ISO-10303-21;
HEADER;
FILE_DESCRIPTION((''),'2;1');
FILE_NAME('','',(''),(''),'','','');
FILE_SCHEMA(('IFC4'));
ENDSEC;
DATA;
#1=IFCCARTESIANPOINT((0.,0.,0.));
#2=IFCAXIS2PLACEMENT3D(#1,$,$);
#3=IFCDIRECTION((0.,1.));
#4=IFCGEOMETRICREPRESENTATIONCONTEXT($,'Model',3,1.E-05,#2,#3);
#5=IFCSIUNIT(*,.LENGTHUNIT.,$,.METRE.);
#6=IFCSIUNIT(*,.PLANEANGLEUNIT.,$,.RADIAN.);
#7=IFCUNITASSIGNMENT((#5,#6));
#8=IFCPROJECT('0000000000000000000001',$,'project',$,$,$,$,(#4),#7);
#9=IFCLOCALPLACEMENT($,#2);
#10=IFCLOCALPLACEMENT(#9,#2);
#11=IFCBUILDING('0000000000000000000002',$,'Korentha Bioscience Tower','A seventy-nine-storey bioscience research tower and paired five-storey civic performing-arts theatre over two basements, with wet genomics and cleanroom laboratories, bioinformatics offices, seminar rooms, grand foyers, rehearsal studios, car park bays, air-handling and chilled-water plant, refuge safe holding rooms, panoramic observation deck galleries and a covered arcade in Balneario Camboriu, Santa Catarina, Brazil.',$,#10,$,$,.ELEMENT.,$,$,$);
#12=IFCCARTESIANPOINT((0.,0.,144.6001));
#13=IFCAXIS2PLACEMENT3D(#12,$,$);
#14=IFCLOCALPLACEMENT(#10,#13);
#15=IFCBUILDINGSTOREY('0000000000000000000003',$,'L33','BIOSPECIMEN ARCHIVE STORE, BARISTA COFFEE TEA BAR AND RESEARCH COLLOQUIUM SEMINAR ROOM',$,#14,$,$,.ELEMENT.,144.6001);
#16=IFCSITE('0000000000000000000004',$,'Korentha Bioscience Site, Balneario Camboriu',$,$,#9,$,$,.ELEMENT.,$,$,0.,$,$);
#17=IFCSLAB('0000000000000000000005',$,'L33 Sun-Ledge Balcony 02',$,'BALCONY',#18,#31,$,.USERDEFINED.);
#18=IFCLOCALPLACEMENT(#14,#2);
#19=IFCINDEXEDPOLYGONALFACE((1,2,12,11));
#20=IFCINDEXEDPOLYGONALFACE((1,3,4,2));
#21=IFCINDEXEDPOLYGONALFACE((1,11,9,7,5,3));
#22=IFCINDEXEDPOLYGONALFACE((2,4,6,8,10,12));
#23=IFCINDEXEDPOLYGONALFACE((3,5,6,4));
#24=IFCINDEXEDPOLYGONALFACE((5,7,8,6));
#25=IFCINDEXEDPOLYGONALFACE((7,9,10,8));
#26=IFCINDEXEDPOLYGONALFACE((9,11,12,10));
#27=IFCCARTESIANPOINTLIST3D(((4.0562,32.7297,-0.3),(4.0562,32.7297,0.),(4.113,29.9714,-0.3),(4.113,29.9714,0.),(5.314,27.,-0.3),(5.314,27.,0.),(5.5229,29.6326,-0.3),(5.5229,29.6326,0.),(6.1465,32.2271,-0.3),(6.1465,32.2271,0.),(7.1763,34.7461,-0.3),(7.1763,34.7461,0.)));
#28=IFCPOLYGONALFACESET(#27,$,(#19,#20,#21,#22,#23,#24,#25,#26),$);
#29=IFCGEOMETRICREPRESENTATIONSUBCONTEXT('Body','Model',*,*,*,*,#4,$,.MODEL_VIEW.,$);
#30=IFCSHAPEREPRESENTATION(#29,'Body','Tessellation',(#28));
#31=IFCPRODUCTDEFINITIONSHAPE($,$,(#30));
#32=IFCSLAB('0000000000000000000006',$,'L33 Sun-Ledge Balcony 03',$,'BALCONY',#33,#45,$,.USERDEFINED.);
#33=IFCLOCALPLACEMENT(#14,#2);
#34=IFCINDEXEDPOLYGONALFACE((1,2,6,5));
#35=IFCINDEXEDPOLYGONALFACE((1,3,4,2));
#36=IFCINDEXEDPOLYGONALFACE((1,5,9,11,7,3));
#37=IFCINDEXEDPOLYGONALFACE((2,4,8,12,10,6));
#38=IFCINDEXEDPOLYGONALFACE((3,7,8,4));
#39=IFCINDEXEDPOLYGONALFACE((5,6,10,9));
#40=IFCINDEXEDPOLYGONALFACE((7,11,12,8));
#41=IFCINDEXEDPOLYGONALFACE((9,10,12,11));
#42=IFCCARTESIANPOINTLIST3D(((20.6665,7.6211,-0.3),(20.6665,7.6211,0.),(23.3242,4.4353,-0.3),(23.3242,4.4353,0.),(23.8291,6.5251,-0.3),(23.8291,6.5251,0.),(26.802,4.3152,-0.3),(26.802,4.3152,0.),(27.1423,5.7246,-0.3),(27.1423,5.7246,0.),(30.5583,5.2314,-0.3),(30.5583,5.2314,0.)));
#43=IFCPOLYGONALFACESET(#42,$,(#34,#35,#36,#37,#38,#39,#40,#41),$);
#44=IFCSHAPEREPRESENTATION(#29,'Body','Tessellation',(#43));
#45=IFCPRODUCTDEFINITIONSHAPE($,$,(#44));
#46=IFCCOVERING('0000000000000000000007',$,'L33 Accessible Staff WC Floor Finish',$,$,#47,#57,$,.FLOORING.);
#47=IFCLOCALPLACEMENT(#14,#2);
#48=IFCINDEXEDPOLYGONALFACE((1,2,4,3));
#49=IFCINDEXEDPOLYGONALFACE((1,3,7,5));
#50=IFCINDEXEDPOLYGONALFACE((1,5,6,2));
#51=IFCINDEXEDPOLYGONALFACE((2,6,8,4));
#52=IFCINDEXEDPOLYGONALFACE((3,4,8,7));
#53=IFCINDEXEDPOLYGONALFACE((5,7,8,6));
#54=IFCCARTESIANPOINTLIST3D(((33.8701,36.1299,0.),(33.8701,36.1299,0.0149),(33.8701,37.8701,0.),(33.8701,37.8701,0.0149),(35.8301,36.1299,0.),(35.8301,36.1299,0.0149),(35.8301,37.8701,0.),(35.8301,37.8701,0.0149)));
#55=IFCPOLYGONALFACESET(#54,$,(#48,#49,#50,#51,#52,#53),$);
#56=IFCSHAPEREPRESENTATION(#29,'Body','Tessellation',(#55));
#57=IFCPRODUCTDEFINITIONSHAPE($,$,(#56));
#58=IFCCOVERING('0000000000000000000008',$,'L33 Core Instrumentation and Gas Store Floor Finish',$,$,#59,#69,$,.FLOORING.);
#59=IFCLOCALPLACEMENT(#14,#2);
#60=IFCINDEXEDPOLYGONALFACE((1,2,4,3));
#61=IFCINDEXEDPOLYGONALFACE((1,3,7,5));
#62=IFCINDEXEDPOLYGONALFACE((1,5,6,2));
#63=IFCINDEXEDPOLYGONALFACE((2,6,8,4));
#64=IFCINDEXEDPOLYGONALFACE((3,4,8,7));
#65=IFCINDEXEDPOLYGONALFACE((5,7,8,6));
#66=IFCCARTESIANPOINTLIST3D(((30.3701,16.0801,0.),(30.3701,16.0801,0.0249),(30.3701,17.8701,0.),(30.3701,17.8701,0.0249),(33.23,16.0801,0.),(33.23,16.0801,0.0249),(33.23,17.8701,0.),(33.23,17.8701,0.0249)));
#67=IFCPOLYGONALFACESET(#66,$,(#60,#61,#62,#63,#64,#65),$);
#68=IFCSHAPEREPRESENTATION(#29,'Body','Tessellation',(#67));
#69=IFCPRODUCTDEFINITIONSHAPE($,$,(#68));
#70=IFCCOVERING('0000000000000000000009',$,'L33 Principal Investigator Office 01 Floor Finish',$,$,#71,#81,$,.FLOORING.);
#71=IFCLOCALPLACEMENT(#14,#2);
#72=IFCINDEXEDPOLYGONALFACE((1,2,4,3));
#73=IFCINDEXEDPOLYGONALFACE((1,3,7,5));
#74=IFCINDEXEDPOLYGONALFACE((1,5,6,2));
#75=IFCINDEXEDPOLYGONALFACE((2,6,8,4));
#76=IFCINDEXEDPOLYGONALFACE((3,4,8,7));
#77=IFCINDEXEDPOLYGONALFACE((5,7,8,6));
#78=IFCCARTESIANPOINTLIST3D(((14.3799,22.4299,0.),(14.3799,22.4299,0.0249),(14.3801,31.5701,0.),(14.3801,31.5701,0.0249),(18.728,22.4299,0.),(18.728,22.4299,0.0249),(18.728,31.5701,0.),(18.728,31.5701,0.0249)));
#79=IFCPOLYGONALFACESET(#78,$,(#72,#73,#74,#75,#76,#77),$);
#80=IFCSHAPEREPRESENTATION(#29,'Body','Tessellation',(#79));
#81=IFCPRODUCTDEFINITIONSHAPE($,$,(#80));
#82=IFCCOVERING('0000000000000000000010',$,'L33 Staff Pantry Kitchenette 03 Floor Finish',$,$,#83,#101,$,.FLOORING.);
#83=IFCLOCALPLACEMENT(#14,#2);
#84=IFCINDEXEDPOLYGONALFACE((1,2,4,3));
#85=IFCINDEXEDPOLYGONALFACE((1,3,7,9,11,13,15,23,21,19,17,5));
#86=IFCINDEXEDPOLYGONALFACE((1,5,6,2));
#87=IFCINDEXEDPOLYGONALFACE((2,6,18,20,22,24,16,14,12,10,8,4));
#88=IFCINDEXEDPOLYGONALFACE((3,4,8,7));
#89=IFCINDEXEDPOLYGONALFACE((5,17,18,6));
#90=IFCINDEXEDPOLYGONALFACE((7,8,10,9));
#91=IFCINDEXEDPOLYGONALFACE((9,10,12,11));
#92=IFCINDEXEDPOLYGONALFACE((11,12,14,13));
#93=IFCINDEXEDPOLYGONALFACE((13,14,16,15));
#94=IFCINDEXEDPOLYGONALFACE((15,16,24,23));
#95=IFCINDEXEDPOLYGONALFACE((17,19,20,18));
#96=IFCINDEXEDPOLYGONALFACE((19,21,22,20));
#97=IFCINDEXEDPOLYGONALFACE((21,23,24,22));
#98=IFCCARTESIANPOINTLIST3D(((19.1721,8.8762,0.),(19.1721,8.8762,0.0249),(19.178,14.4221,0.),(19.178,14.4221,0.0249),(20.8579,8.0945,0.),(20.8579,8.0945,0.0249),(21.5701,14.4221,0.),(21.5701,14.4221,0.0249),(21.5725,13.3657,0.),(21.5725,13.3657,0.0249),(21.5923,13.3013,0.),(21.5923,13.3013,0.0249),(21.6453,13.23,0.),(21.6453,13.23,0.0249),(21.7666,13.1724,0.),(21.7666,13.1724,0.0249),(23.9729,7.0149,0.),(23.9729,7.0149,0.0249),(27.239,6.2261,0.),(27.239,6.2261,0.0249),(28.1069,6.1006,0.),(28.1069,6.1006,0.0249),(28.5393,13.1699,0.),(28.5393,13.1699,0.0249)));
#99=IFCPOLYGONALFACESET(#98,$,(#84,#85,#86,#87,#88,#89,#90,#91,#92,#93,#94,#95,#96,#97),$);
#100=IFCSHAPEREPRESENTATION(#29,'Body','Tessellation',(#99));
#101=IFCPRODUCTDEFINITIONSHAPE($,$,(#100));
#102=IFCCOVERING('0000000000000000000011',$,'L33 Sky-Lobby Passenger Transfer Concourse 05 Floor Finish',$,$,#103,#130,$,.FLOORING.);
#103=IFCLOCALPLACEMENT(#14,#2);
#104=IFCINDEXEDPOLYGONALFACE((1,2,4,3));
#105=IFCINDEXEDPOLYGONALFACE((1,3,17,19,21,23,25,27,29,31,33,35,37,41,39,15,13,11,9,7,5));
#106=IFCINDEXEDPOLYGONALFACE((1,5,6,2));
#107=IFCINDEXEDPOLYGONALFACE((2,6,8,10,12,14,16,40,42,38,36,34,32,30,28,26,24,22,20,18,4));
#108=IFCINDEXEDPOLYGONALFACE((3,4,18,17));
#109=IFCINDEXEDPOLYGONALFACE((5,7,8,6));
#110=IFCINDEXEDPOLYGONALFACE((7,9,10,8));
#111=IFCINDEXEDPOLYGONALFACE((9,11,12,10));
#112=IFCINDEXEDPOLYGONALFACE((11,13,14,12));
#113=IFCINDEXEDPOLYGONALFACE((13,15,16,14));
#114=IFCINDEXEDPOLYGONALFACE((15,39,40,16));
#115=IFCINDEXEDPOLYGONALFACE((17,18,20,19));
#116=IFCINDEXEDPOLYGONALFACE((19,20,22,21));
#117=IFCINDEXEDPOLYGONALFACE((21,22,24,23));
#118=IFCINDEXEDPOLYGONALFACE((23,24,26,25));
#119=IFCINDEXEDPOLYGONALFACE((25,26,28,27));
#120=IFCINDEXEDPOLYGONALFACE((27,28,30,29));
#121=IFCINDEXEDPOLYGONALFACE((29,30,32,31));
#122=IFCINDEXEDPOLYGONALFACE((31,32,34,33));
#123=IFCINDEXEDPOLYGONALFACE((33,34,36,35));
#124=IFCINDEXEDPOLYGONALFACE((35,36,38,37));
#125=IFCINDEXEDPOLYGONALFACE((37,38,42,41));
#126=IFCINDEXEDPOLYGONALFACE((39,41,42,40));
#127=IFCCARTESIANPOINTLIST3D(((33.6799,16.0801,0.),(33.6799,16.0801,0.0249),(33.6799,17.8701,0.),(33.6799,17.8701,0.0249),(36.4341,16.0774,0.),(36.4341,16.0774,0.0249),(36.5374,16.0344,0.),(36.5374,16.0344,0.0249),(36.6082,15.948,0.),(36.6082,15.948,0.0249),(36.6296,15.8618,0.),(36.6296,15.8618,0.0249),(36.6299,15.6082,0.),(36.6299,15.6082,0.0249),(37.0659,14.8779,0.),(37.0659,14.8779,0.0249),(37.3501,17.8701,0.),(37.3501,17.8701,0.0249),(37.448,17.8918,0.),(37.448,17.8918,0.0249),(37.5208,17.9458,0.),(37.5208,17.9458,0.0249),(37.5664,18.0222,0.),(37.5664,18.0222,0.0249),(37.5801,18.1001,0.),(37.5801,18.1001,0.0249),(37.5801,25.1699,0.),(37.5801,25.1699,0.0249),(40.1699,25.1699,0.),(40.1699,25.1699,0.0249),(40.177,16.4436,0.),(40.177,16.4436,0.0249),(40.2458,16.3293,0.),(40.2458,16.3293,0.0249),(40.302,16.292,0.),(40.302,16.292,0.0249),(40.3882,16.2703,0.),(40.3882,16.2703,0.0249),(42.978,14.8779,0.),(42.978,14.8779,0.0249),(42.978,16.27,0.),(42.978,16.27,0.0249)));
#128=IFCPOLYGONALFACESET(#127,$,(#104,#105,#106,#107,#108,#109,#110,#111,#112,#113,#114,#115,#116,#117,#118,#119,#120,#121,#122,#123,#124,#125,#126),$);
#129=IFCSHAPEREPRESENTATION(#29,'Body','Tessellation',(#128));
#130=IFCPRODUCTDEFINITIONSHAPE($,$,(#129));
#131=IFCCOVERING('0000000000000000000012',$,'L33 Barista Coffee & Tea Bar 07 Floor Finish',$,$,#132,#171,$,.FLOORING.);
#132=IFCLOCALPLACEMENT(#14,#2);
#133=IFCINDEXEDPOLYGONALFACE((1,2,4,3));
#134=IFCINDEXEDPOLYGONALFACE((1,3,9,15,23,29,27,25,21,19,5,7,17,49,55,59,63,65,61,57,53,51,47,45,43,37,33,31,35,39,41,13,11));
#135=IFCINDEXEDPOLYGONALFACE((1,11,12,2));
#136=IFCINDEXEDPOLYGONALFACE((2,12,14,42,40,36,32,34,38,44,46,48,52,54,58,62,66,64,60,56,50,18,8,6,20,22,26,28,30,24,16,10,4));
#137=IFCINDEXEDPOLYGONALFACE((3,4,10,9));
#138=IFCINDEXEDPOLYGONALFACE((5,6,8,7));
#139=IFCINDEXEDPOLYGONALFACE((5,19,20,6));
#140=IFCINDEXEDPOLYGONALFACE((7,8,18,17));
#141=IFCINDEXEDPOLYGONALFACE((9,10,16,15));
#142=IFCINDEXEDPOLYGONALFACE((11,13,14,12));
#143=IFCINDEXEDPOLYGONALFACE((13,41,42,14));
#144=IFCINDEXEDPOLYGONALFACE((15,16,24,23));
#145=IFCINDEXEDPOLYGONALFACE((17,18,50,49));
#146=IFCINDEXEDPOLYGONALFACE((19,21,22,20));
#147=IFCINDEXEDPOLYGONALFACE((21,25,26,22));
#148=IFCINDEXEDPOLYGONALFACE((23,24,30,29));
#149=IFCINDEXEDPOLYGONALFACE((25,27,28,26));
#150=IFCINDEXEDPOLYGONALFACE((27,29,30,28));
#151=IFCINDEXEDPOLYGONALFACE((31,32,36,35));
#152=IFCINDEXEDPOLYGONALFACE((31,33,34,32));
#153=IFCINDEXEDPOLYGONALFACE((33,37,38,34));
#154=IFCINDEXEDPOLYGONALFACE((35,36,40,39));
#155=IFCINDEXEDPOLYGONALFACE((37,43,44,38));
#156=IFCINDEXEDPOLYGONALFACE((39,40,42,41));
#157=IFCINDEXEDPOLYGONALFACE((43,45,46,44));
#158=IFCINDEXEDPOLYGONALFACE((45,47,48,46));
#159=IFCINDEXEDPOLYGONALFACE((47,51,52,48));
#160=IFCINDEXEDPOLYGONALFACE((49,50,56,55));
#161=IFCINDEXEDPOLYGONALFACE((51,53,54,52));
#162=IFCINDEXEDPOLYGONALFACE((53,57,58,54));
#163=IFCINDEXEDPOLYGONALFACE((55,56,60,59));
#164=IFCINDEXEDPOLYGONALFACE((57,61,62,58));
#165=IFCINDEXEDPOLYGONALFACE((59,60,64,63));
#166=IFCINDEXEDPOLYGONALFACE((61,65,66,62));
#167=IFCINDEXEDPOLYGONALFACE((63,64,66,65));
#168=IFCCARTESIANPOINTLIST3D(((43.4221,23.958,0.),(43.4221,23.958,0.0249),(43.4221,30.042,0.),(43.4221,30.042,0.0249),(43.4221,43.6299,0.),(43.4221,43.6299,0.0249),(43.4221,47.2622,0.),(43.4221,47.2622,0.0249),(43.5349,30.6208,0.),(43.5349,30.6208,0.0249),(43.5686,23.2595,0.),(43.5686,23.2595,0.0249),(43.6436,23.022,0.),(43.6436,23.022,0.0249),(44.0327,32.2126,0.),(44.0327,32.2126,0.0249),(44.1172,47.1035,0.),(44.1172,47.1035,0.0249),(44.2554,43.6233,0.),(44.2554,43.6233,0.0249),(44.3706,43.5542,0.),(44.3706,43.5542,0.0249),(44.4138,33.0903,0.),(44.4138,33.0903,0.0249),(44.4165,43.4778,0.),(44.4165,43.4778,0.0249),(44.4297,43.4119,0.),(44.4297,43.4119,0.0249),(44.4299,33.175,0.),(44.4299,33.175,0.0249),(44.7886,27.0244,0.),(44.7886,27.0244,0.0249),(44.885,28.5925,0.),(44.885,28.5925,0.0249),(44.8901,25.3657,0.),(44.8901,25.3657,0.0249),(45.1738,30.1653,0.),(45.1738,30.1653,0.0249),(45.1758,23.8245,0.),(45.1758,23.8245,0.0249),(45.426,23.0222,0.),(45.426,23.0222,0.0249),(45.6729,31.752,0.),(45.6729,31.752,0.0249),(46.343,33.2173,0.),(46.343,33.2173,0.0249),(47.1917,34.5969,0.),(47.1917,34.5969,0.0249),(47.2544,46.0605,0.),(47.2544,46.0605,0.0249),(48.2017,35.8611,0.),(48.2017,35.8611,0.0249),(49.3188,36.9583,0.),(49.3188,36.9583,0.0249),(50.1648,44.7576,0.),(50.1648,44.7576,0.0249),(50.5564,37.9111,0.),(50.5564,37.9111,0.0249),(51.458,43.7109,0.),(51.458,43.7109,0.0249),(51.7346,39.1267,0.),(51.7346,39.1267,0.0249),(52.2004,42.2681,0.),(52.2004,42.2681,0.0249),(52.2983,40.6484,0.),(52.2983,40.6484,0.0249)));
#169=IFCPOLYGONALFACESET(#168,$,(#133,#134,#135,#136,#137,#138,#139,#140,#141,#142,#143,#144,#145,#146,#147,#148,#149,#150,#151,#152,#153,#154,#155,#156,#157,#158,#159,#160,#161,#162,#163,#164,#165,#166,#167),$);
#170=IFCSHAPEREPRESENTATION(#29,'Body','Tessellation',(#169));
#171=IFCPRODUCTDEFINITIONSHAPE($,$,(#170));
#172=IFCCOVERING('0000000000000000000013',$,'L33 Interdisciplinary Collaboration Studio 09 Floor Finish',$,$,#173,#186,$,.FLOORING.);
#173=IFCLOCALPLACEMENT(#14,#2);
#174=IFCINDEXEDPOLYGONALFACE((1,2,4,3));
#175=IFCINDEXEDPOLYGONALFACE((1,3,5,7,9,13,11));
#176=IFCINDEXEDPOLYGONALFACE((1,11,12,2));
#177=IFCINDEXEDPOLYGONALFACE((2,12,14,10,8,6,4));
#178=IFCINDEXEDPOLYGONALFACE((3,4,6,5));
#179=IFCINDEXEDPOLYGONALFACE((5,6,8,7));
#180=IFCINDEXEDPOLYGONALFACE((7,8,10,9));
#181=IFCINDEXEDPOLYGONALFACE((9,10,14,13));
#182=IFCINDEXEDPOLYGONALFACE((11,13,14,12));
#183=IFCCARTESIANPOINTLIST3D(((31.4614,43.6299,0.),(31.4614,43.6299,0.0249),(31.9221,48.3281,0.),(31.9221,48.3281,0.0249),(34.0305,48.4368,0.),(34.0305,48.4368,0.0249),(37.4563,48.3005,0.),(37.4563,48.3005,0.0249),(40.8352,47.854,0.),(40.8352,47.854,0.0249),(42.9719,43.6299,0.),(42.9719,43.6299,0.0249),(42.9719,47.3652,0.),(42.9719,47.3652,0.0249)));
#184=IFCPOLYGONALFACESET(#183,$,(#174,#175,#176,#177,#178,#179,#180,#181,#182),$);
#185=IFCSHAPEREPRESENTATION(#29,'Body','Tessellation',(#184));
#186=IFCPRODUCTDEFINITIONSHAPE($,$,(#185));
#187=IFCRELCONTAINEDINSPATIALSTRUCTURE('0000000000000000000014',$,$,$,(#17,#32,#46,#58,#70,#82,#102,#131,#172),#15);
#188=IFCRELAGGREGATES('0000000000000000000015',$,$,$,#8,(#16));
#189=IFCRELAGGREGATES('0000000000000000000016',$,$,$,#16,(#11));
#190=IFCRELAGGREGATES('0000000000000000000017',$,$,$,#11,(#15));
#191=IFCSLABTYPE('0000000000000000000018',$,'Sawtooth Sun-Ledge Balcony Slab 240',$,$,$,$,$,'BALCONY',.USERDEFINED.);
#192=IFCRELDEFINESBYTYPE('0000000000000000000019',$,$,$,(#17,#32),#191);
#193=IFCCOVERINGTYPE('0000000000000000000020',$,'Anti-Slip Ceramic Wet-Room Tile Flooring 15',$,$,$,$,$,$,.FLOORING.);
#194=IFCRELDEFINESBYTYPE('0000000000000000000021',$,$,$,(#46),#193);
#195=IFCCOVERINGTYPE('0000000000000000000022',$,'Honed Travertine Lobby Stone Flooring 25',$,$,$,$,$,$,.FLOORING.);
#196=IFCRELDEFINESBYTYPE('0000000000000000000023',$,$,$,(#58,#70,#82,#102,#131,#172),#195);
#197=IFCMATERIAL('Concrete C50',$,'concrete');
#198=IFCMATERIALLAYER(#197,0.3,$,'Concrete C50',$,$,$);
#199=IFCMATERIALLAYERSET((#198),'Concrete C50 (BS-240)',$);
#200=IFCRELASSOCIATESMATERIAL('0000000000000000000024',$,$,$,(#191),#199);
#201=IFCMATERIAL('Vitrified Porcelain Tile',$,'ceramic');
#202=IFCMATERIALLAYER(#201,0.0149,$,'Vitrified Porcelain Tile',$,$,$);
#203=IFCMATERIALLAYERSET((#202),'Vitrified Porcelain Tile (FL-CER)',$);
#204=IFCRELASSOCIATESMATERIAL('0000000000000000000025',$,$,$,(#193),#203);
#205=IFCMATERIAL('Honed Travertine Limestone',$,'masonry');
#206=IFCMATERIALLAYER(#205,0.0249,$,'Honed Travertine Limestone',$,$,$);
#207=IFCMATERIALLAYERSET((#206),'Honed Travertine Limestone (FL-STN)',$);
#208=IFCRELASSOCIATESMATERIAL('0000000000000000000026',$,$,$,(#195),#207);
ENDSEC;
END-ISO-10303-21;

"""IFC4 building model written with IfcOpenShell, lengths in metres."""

from ifc_helpers import new_model, si_unit, direction, frame, origin, place, context, subcontext, project, spatial, polyline, outline, extrude, material, layer, layer_set, type_object, element, save


model = new_model("IFC4")

# Units and contexts
model_context = context("Model", 3, precision=1e-05, world=origin(), true_north=direction((0.0, 1.0)))
body_context = subcontext(model_context, "Body", "Model", "MODEL_VIEW")
ifc_project = project(units=[si_unit("LENGTHUNIT", "METRE"), si_unit("PLANEANGLEUNIT", "RADIAN")], contexts=[model_context])

# Site, building, storey
site_placement = place(None, origin())
site = spatial("IfcSite", under=ifc_project, at=site_placement, Name="Korentha Bioscience Site, Balneario Camboriu", CompositionType="ELEMENT", RefElevation=0.0)
building_placement = place(site_placement, origin())
building = spatial("IfcBuilding", under=site, at=building_placement, Name="Korentha Bioscience Tower", Description="A seventy-nine-storey bioscience research tower and paired five-storey civic performing-arts theatre over two basements, with wet genomics and cleanroom laboratories, bioinformatics offices, seminar rooms, grand foyers, rehearsal studios, car park bays, air-handling and chilled-water plant, refuge safe holding rooms, panoramic observation deck galleries and a covered arcade in Balneario Camboriu, Santa Catarina, Brazil.", CompositionType="ELEMENT")
storey_placement = place(building_placement, frame((0.0, 0.0, 144.6001)))
storey = spatial("IfcBuildingStorey", under=building, at=storey_placement, Name="L33", Description="BIOSPECIMEN ARCHIVE STORE, BARISTA COFFEE TEA BAR AND RESEARCH COLLOQUIUM SEMINAR ROOM", CompositionType="ELEMENT", Elevation=144.6001)

# Shared definitions
ifc_material_1 = material(Name="Concrete C50", Category="concrete")

# Slabs
ifc_layer_1 = layer(ifc_material_1, 0.3, Name="Concrete C50")
ifc_layer_set_1 = layer_set([ifc_layer_1], Name="Concrete C50 (BS-240)")
slab_type_1 = type_object("IfcSlabType", Name="Sawtooth Sun-Ledge Balcony Slab 240", ElementType="BALCONY", PredefinedType="USERDEFINED", material=ifc_layer_set_1)
slab_1_placement = place(storey_placement, frame((0.0, 0.0, -0.3)))
element("IfcSlab", 1, at=slab_1_placement, inside=storey, type_object=slab_type_1, Name="L33 Sun-Ledge Balcony 02", ObjectType="BALCONY", PredefinedType="USERDEFINED", context=body_context, shape_type="SweptSolid", body=[
    extrude(outline(polyline([(5.314, 27.0), (5.5229, 29.6326), (6.1465, 32.2271), (7.1763, 34.7461), (4.0562, 32.7297), (4.113, 29.9714), (5.314, 27.0)])), origin(), (0.0, 0.0, 1.0), 0.3),
])
slab_2_placement = place(storey_placement, frame((0.0, 0.0, -0.3)))
element("IfcSlab", 2, at=slab_2_placement, inside=storey, type_object=slab_type_1, Name="L33 Sun-Ledge Balcony 03", ObjectType="BALCONY", PredefinedType="USERDEFINED", context=body_context, shape_type="SweptSolid", body=[
    extrude(outline(polyline([(30.5583, 5.2314), (27.1423, 5.7246), (23.8291, 6.5251), (20.6665, 7.6211), (23.3242, 4.4353), (26.802, 4.3152), (30.5583, 5.2314)])), origin(), (0.0, 0.0, 1.0), 0.3),
])

# Coverings
ifc_material_2 = material(Name="Vitrified Porcelain Tile", Category="ceramic")
ifc_layer_2 = layer(ifc_material_2, 0.0149, Name="Vitrified Porcelain Tile")
ifc_layer_set_2 = layer_set([ifc_layer_2], Name="Vitrified Porcelain Tile (FL-CER)")
covering_type_1 = type_object("IfcCoveringType", Name="Anti-Slip Ceramic Wet-Room Tile Flooring 15", PredefinedType="FLOORING", material=ifc_layer_set_2)
covering_1_placement = place(storey_placement, origin())
element("IfcCovering", 3, at=covering_1_placement, inside=storey, type_object=covering_type_1, Name="L33 Accessible Staff WC Floor Finish", PredefinedType="FLOORING", context=body_context, shape_type="SweptSolid", body=[
    extrude(outline(polyline([(33.8701, 36.1299), (33.8701, 37.8701), (35.8301, 37.8701), (35.8301, 36.1299), (33.8701, 36.1299)])), origin(), (0.0, 0.0, 1.0), 0.0149),
])
ifc_material_3 = material(Name="Honed Travertine Limestone", Category="masonry")
ifc_layer_3 = layer(ifc_material_3, 0.0249, Name="Honed Travertine Limestone")
ifc_layer_set_3 = layer_set([ifc_layer_3], Name="Honed Travertine Limestone (FL-STN)")
covering_type_2 = type_object("IfcCoveringType", Name="Honed Travertine Lobby Stone Flooring 25", PredefinedType="FLOORING", material=ifc_layer_set_3)
covering_2_placement = place(storey_placement, origin())
element("IfcCovering", 4, at=covering_2_placement, inside=storey, type_object=covering_type_2, Name="L33 Core Instrumentation and Gas Store Floor Finish", PredefinedType="FLOORING", context=body_context, shape_type="SweptSolid", body=[
    extrude(outline(polyline([(30.3701, 16.0801), (30.3701, 17.8701), (33.23, 17.8701), (33.23, 16.0801), (30.3701, 16.0801)])), origin(), (0.0, 0.0, 1.0), 0.0249),
])
covering_3_placement = place(storey_placement, origin())
element("IfcCovering", 5, at=covering_3_placement, inside=storey, type_object=covering_type_2, Name="L33 Principal Investigator Office 01 Floor Finish", PredefinedType="FLOORING", context=body_context, shape_type="SweptSolid", body=[
    extrude(outline(polyline([(14.3799, 22.4299), (14.3801, 31.5701), (18.728, 31.5701), (18.728, 22.4299), (14.3799, 22.4299)])), origin(), (0.0, 0.0, 1.0), 0.0249),
])
covering_4_placement = place(storey_placement, origin())
element("IfcCovering", 6, at=covering_4_placement, inside=storey, type_object=covering_type_2, Name="L33 Staff Pantry Kitchenette 03 Floor Finish", PredefinedType="FLOORING", context=body_context, shape_type="SweptSolid", body=[
    extrude(outline(polyline([(19.1721, 8.8762), (19.178, 14.4221), (21.5701, 14.4221), (21.5725, 13.3657), (21.5923, 13.3013), (21.6453, 13.23), (21.7666, 13.1724), (28.5393, 13.1699), (28.1069, 6.1006), (27.239, 6.2261), (23.9729, 7.0149), (20.8579, 8.0945), (19.1721, 8.8762)])), origin(), (0.0, 0.0, 1.0), 0.0249),
])
covering_5_placement = place(storey_placement, origin())
element("IfcCovering", 7, at=covering_5_placement, inside=storey, type_object=covering_type_2, Name="L33 Sky-Lobby Passenger Transfer Concourse 05 Floor Finish", PredefinedType="FLOORING", context=body_context, shape_type="SweptSolid", body=[
    extrude(outline(polyline([(36.6299, 15.6082), (36.6296, 15.8618), (36.6082, 15.948), (36.5374, 16.0344), (36.4341, 16.0774), (33.6799, 16.0801), (33.6799, 17.8701), (37.3501, 17.8701), (37.448, 17.8918), (37.5208, 17.9458), (37.5664, 18.0222), (37.5801, 18.1001), (37.5801, 25.1699), (40.1699, 25.1699), (40.177, 16.4436), (40.2458, 16.3293), (40.302, 16.292), (40.3882, 16.2703), (42.978, 16.27), (42.978, 14.8779), (37.0659, 14.8779), (36.6299, 15.6082)])), origin(), (0.0, 0.0, 1.0), 0.0249),
])
covering_6_placement = place(storey_placement, origin())
element("IfcCovering", 8, at=covering_6_placement, inside=storey, type_object=covering_type_2, Name="L33 Barista Coffee & Tea Bar 07 Floor Finish", PredefinedType="FLOORING", context=body_context, shape_type="SweptSolid", body=[
    extrude(outline(polyline([(43.4221, 30.042), (43.5349, 30.6208), (44.0327, 32.2126), (44.4138, 33.0903), (44.4299, 33.175), (44.4297, 43.4119), (44.4165, 43.4778), (44.3706, 43.5542), (44.2554, 43.6233), (43.4221, 43.6299), (43.4221, 47.2622), (44.1172, 47.1035), (47.2544, 46.0605), (50.1648, 44.7576), (51.458, 43.7109), (52.2004, 42.2681), (52.2983, 40.6484), (51.7346, 39.1267), (50.5564, 37.9111), (49.3188, 36.9583), (48.2017, 35.8611), (47.1917, 34.5969), (46.343, 33.2173), (45.6729, 31.752), (45.1738, 30.1653), (44.885, 28.5925), (44.7886, 27.0244), (44.8901, 25.3657), (45.1758, 23.8245), (45.426, 23.0222), (43.6436, 23.022), (43.5686, 23.2595), (43.4221, 23.958), (43.4221, 30.042)])), origin(), (0.0, 0.0, 1.0), 0.0249),
])
covering_7_placement = place(storey_placement, origin())
element("IfcCovering", 9, at=covering_7_placement, inside=storey, type_object=covering_type_2, Name="L33 Interdisciplinary Collaboration Studio 09 Floor Finish", PredefinedType="FLOORING", context=body_context, shape_type="SweptSolid", body=[
    extrude(outline(polyline([(34.0305, 48.4368), (37.4563, 48.3005), (40.8352, 47.854), (42.9719, 47.3652), (42.9719, 43.6299), (31.4614, 43.6299), (31.9221, 48.3281), (34.0305, 48.4368)])), origin(), (0.0, 0.0, 1.0), 0.0249),
])

save(model, "model.ifc")
